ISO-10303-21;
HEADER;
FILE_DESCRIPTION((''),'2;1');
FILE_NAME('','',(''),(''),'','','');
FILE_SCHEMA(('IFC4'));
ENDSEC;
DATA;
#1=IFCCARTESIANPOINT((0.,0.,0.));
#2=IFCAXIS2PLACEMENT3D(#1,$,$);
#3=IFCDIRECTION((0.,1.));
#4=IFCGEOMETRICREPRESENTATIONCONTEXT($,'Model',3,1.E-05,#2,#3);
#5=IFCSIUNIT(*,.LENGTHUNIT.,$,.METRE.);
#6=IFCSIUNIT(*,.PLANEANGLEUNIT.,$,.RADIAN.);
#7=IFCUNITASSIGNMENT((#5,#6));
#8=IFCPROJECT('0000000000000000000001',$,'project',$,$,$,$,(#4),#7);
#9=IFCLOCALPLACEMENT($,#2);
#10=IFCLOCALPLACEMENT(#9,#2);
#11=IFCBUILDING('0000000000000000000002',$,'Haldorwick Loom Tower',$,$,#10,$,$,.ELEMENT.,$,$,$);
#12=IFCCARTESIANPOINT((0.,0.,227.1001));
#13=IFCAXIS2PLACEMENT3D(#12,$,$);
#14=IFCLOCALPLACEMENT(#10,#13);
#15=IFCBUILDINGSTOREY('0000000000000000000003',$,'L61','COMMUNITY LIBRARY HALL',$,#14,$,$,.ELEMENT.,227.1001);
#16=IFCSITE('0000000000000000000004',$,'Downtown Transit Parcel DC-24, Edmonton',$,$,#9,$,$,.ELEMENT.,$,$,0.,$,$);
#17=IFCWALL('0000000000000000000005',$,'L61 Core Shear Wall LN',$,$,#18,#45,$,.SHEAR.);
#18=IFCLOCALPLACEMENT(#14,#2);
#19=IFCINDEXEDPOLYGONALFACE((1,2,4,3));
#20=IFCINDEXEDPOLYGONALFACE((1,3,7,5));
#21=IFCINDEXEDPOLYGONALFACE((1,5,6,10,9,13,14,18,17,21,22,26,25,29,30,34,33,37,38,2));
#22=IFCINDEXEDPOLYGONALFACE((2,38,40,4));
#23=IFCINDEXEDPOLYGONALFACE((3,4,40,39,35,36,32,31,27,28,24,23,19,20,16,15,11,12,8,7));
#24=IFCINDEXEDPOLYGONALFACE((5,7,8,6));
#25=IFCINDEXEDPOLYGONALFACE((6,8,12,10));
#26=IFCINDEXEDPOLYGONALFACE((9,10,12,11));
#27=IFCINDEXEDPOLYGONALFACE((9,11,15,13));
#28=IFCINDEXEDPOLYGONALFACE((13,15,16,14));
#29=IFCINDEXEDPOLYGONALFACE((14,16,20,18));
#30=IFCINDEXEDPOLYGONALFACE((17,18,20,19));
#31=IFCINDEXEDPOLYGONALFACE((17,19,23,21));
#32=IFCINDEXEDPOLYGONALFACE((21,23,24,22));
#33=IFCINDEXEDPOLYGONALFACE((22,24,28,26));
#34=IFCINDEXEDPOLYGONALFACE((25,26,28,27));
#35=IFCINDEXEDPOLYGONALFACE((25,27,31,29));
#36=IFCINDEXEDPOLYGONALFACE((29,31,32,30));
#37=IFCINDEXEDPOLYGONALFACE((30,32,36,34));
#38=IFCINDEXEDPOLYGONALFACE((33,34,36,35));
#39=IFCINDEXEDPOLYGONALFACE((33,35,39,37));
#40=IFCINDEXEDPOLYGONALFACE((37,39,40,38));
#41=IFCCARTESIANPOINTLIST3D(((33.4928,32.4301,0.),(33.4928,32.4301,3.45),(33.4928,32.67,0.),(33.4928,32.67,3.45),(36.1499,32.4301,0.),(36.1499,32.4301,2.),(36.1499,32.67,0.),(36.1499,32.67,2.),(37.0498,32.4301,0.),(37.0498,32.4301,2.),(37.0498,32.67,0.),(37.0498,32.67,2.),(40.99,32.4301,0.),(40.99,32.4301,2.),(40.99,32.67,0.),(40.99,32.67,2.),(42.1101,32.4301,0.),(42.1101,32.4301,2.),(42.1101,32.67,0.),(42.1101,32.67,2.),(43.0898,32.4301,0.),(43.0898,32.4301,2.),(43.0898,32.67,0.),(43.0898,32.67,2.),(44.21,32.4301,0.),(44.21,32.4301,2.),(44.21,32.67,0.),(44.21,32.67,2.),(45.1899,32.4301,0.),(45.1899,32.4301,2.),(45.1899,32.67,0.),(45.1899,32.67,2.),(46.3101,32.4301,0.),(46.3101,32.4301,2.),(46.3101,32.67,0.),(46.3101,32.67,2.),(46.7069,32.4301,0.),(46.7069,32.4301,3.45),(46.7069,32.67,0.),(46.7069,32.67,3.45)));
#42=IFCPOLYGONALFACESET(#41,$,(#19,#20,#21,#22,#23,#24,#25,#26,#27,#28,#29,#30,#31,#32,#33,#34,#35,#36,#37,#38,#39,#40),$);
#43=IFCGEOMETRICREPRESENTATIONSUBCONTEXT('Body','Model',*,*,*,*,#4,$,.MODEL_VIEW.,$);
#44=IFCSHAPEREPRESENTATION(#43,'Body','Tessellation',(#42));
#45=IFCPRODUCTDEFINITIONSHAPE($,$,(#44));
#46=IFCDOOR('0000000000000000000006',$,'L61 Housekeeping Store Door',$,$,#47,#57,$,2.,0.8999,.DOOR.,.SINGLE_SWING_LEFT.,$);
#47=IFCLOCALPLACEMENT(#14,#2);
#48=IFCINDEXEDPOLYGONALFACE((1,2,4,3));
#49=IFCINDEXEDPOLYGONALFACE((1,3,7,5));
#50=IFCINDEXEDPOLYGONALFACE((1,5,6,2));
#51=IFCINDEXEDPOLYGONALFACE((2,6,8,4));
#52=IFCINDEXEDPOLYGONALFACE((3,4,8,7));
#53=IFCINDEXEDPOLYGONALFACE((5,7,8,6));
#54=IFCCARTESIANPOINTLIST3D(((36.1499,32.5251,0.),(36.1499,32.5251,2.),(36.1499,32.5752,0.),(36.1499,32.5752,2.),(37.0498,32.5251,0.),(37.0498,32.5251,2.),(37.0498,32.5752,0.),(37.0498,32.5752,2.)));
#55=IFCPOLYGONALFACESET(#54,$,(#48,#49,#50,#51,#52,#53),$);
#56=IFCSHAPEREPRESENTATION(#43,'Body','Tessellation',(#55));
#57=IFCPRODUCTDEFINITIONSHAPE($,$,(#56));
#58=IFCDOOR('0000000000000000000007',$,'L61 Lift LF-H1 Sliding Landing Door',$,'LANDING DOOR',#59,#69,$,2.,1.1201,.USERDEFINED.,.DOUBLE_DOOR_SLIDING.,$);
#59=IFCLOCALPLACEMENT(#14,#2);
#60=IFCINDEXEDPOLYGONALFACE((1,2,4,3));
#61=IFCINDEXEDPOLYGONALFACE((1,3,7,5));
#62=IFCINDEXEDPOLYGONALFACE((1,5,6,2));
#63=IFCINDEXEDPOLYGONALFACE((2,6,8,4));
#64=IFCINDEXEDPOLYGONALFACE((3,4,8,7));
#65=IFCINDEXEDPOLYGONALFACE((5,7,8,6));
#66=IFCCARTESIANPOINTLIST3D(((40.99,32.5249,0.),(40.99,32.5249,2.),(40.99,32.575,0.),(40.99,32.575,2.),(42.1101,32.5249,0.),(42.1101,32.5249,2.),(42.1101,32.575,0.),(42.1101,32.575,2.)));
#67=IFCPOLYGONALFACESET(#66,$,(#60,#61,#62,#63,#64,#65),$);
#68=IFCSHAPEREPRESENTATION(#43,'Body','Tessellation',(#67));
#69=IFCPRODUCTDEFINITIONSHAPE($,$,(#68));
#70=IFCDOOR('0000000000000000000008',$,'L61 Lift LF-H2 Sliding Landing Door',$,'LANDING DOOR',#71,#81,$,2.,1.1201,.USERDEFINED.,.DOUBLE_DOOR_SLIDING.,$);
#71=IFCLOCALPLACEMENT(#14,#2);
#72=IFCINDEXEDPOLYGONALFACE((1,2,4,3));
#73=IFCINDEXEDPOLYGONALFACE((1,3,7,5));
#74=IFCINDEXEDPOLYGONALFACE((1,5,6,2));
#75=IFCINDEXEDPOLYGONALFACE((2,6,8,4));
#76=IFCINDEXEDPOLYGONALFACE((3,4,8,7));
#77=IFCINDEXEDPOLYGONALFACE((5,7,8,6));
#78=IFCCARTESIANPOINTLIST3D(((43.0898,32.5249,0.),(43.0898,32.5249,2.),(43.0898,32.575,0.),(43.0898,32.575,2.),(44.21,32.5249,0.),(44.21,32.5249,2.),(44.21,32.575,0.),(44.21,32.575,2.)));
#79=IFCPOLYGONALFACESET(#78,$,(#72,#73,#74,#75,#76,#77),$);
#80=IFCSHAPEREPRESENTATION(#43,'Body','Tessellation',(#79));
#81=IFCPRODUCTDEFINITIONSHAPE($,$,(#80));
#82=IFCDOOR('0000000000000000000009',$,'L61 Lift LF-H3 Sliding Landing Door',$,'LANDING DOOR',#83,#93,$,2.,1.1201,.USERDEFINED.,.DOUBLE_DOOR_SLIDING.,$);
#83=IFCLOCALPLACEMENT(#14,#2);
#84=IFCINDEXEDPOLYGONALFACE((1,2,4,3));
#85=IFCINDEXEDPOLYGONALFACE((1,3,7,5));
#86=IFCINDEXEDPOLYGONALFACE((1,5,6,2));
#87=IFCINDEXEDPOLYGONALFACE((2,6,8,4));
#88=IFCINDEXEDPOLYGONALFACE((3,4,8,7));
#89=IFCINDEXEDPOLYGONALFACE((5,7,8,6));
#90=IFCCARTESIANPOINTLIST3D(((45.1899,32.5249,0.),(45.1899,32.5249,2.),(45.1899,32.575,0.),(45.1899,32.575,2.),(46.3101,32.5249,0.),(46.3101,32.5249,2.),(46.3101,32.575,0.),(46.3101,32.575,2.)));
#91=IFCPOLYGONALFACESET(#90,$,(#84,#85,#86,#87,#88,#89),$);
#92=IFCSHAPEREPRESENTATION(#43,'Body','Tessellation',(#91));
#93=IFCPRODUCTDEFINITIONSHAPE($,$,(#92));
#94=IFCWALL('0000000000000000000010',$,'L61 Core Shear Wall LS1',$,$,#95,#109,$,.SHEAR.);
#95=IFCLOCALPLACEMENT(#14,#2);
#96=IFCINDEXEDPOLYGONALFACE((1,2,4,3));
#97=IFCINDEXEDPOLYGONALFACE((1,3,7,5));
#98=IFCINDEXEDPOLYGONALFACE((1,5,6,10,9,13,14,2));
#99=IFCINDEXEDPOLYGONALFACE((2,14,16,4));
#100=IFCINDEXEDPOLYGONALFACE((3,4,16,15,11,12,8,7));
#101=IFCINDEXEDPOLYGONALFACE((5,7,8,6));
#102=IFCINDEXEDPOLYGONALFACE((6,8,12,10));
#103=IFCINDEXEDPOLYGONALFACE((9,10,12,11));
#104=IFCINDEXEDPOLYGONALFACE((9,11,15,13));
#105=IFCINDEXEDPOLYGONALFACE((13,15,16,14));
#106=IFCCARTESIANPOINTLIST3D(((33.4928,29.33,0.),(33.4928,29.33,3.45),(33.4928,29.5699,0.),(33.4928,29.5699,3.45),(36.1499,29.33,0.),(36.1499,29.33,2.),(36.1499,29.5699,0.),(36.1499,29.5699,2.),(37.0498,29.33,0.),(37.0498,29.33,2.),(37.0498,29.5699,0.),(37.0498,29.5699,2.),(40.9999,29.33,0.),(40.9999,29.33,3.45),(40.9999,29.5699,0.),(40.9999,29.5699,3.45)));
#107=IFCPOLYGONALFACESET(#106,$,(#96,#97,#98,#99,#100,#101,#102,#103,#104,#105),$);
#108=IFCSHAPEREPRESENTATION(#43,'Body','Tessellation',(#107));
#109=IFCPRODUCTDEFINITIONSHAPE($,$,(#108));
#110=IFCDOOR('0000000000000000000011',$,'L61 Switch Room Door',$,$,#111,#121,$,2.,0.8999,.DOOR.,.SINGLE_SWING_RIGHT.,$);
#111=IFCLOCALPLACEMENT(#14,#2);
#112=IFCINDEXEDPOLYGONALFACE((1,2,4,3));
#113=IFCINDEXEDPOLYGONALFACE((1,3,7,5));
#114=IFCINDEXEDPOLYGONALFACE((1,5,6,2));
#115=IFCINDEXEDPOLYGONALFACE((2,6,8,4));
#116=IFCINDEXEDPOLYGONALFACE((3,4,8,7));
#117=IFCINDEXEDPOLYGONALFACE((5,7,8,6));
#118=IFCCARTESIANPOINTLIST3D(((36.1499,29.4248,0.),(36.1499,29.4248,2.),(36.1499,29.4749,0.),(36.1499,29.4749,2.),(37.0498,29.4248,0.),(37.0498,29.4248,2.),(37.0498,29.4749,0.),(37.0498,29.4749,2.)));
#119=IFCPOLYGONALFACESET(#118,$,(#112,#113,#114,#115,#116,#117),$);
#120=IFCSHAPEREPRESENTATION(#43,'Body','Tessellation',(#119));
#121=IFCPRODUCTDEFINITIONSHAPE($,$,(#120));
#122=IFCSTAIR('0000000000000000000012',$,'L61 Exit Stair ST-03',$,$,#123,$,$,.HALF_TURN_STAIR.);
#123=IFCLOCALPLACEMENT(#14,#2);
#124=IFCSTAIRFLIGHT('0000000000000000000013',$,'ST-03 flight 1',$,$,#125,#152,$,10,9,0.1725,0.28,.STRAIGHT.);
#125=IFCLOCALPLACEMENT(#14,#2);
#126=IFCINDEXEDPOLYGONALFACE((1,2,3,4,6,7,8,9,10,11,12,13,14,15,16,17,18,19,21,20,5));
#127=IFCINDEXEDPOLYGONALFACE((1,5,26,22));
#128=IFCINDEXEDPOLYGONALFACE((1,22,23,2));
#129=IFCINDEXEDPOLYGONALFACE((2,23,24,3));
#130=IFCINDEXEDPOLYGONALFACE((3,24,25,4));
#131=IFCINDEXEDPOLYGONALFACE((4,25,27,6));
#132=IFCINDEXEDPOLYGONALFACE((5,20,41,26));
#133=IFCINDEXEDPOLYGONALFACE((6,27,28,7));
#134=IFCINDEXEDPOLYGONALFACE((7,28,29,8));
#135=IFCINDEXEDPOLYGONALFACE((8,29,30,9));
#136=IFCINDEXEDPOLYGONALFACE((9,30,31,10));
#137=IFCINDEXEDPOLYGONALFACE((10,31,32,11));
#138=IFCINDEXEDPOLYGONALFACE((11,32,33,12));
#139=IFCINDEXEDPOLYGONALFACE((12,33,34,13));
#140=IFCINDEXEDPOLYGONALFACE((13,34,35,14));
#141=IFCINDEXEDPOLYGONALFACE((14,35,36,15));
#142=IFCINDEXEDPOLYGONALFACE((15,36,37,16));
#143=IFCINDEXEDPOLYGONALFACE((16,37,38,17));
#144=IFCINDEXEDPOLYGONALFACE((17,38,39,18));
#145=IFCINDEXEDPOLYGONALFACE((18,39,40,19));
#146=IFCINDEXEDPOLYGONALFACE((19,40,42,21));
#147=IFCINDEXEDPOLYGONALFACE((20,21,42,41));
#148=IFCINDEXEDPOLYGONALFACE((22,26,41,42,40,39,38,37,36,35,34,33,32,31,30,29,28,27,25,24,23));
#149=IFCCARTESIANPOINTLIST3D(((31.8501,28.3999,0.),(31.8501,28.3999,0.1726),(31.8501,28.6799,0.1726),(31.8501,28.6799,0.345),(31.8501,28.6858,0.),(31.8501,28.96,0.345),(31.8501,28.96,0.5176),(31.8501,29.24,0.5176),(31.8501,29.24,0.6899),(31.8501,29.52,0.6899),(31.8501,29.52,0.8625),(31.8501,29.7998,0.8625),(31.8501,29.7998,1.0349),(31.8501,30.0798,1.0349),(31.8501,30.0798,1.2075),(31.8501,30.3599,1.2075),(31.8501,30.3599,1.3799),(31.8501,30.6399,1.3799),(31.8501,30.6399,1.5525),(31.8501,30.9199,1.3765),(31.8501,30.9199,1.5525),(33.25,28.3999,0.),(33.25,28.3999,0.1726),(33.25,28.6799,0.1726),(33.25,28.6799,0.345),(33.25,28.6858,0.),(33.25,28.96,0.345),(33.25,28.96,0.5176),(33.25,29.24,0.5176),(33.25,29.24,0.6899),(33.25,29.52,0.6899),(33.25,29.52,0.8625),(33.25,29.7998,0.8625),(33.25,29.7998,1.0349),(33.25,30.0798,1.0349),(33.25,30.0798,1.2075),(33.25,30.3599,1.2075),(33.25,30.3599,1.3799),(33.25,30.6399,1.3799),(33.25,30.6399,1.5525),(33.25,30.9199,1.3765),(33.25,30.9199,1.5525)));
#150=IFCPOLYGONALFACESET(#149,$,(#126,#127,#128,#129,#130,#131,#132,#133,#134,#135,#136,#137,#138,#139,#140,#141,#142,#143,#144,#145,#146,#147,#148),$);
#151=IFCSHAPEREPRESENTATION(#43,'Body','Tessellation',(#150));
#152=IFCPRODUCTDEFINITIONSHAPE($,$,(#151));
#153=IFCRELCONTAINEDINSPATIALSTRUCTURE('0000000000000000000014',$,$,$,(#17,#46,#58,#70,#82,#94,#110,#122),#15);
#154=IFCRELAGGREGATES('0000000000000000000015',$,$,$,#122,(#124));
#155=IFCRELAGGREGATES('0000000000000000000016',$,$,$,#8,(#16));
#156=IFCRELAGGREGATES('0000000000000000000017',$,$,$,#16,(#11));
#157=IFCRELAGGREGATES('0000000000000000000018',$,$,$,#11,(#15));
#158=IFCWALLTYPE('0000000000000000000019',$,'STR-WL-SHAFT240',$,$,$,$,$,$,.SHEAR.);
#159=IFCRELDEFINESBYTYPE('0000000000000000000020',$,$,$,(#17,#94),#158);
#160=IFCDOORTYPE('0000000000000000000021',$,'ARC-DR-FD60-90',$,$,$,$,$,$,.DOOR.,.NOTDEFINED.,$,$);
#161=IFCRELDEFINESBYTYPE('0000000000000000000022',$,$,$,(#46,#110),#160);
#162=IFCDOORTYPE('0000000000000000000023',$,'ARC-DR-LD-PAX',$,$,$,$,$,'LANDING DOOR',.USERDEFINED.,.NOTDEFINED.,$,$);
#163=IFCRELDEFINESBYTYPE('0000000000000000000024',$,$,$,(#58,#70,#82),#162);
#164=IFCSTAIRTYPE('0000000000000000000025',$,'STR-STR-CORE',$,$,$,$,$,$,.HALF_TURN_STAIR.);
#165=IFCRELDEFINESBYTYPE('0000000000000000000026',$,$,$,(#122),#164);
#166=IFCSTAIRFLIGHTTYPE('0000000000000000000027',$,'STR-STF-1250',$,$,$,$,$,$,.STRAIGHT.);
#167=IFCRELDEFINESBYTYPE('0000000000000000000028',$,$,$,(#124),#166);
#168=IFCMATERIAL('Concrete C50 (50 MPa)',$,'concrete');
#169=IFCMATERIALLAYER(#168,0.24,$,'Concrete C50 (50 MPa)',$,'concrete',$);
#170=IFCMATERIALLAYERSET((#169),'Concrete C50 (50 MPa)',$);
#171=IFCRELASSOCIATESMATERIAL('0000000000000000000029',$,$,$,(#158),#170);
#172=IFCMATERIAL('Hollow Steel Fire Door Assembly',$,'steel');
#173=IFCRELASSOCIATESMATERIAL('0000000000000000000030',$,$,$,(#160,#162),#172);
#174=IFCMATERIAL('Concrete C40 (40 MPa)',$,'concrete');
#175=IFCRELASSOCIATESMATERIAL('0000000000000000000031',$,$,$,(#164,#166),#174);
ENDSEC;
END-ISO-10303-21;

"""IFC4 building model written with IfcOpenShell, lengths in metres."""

from ifc_helpers import new_model, si_unit, direction, frame, frame_2d, origin, place, context, subcontext, project, spatial, polyline, rectangle, outline, extrude, material, layer, layer_set, type_object, element, fill, aggregate, save


model = new_model("IFC4")

# Units and contexts
model_context = context("Model", 3, precision=1e-05, world=origin(), true_north=direction((0.0, 1.0)))
body_context = subcontext(model_context, "Body", "Model", "MODEL_VIEW")
ifc_project = project(units=[si_unit("LENGTHUNIT", "METRE"), si_unit("PLANEANGLEUNIT", "RADIAN")], contexts=[model_context])

# Site, building, storey
site_placement = place(None, origin())
site = spatial("IfcSite", under=ifc_project, at=site_placement, Name="Downtown Transit Parcel DC-24, Edmonton", CompositionType="ELEMENT", RefElevation=0.0)
building_placement = place(site_placement, origin())
building = spatial("IfcBuilding", under=site, at=building_placement, Name="Haldorwick Loom Tower", CompositionType="ELEMENT")
storey_placement = place(building_placement, frame((0.0, 0.0, 227.1001)))
storey = spatial("IfcBuildingStorey", under=building, at=storey_placement, Name="L61", Description="COMMUNITY LIBRARY HALL", CompositionType="ELEMENT", Elevation=227.1001)

# Shared definitions
ifc_material_1 = material(Name="Concrete C50 (50 MPa)", Category="concrete")
ifc_layer = layer(ifc_material_1, 0.24, Name="Concrete C50 (50 MPa)", Category="concrete")
ifc_layer_set = layer_set([ifc_layer], Name="Concrete C50 (50 MPa)")
wall_type = type_object("IfcWallType", Name="STR-WL-SHAFT240", PredefinedType="SHEAR", material=ifc_layer_set)

# Shared definitions
ifc_material_2 = material(Name="Hollow Steel Fire Door Assembly", Category="steel")

# Wall, openings, doors
wall_1_placement = place(storey_placement, frame((33.4929, 32.55, 0.0), z_axis=(0.0, 0.0, 1.0), x_axis=(1.0, 0.0, 0.0)))
wall_1 = element("IfcWall", 1, at=wall_1_placement, inside=storey, type_object=wall_type, Name="L61 Core Shear Wall LN", PredefinedType="SHEAR", context=body_context, shape_type="SweptSolid", body=[
    extrude(rectangle(XDim=13.2141, YDim=0.24, at=frame_2d((6.6069, 0.0))), origin(), (0.0, 0.0, 1.0), 3.45),
])
opening_1_placement = place(wall_1_placement, frame((2.657, 0.0, 0.0)))
opening_1 = element("IfcOpeningElement", 2, at=opening_1_placement, cuts=wall_1, PredefinedType="OPENING", context=body_context, shape_type="SweptSolid", body=[
    extrude(rectangle(XDim=0.8999, YDim=2.0, at=frame_2d((0.45, 1.0))), frame((0.0, 0.1299, 0.0), z_axis=(0.0, -1.0, 0.0), x_axis=(1.0, 0.0, 0.0)), (0.0, 0.0, 1.0), 0.26),
])
opening_2_placement = place(wall_1_placement, frame((7.4971, 0.0, 0.0)))
opening_2 = element("IfcOpeningElement", 3, at=opening_2_placement, cuts=wall_1, PredefinedType="OPENING", context=body_context, shape_type="SweptSolid", body=[
    extrude(rectangle(XDim=1.1201, YDim=2.0, at=frame_2d((0.5601, 1.0))), frame((0.0, 0.1299, 0.0), z_axis=(0.0, -1.0, 0.0), x_axis=(1.0, 0.0, 0.0)), (0.0, 0.0, 1.0), 0.26),
])
opening_3_placement = place(wall_1_placement, frame((9.5969, 0.0, 0.0)))
opening_3 = element("IfcOpeningElement", 4, at=opening_3_placement, cuts=wall_1, PredefinedType="OPENING", context=body_context, shape_type="SweptSolid", body=[
    extrude(rectangle(XDim=1.1201, YDim=2.0, at=frame_2d((0.5601, 1.0))), frame((0.0, 0.1299, 0.0), z_axis=(0.0, -1.0, 0.0), x_axis=(1.0, 0.0, 0.0)), (0.0, 0.0, 1.0), 0.26),
])
opening_4_placement = place(wall_1_placement, frame((11.697, 0.0, 0.0)))
opening_4 = element("IfcOpeningElement", 5, at=opening_4_placement, cuts=wall_1, PredefinedType="OPENING", context=body_context, shape_type="SweptSolid", body=[
    extrude(rectangle(XDim=1.1201, YDim=2.0, at=frame_2d((0.5601, 1.0))), frame((0.0, 0.1299, 0.0), z_axis=(0.0, -1.0, 0.0), x_axis=(1.0, 0.0, 0.0)), (0.0, 0.0, 1.0), 0.26),
])
door_type_1 = type_object("IfcDoorType", Name="ARC-DR-FD60-90", OperationType="NOTDEFINED", PredefinedType="DOOR", material=ifc_material_2)
door_1_placement = place(opening_1_placement, frame((0.8999, 0.0, 0.0), z_axis=(0.0, 0.0, 1.0), x_axis=(-1.0, 0.0, 0.0)))
door_1 = element("IfcDoor", 6, at=door_1_placement, inside=storey, type_object=door_type_1, Name="L61 Housekeeping Store Door", OperationType="SINGLE_SWING_LEFT", OverallHeight=2.0, OverallWidth=0.8999, PredefinedType="DOOR", context=body_context, shape_type="SweptSolid", body=[
    extrude(rectangle(XDim=0.8999, YDim=2.0, at=frame_2d((0.45, 1.0))), frame((0.0, 0.0249, 0.0), z_axis=(0.0, -1.0, 0.0), x_axis=(1.0, 0.0, 0.0)), (0.0, 0.0, 1.0), 0.05),
])
fill(opening_1, door_1)
door_type_2 = type_object("IfcDoorType", Name="ARC-DR-LD-PAX", ElementType="LANDING DOOR", OperationType="NOTDEFINED", PredefinedType="USERDEFINED", material=ifc_material_2)
door_2_placement = place(opening_2_placement, origin())
door_2 = element("IfcDoor", 7, at=door_2_placement, inside=storey, type_object=door_type_2, Name="L61 Lift LF-H1 Sliding Landing Door", ObjectType="LANDING DOOR", OperationType="DOUBLE_DOOR_SLIDING", OverallHeight=2.0, OverallWidth=1.1201, PredefinedType="USERDEFINED", context=body_context, shape_type="SweptSolid", body=[
    extrude(rectangle(XDim=1.1201, YDim=2.0, at=frame_2d((0.5601, 1.0))), frame((0.0, 0.0249, 0.0), z_axis=(0.0, -1.0, 0.0), x_axis=(1.0, 0.0, 0.0)), (0.0, 0.0, 1.0), 0.05),
])
fill(opening_2, door_2)
door_3_placement = place(opening_3_placement, origin())
door_3 = element("IfcDoor", 8, at=door_3_placement, inside=storey, type_object=door_type_2, Name="L61 Lift LF-H2 Sliding Landing Door", ObjectType="LANDING DOOR", OperationType="DOUBLE_DOOR_SLIDING", OverallHeight=2.0, OverallWidth=1.1201, PredefinedType="USERDEFINED", context=body_context, shape_type="SweptSolid", body=[
    extrude(rectangle(XDim=1.1201, YDim=2.0, at=frame_2d((0.5601, 1.0))), frame((0.0, 0.0249, 0.0), z_axis=(0.0, -1.0, 0.0), x_axis=(1.0, 0.0, 0.0)), (0.0, 0.0, 1.0), 0.05),
])
fill(opening_3, door_3)
door_4_placement = place(opening_4_placement, origin())
door_4 = element("IfcDoor", 9, at=door_4_placement, inside=storey, type_object=door_type_2, Name="L61 Lift LF-H3 Sliding Landing Door", ObjectType="LANDING DOOR", OperationType="DOUBLE_DOOR_SLIDING", OverallHeight=2.0, OverallWidth=1.1201, PredefinedType="USERDEFINED", context=body_context, shape_type="SweptSolid", body=[
    extrude(rectangle(XDim=1.1201, YDim=2.0, at=frame_2d((0.5601, 1.0))), frame((0.0, 0.0249, 0.0), z_axis=(0.0, -1.0, 0.0), x_axis=(1.0, 0.0, 0.0)), (0.0, 0.0, 1.0), 0.05),
])
fill(opening_4, door_4)

# Wall, opening, door
wall_2_placement = place(storey_placement, frame((33.4929, 29.45, 0.0), z_axis=(0.0, 0.0, 1.0), x_axis=(1.0, 0.0, 0.0)))
wall_2 = element("IfcWall", 10, at=wall_2_placement, inside=storey, type_object=wall_type, Name="L61 Core Shear Wall LS1", PredefinedType="SHEAR", context=body_context, shape_type="SweptSolid", body=[
    extrude(rectangle(XDim=7.5071, YDim=0.24, at=frame_2d((3.7534, 0.0))), origin(), (0.0, 0.0, 1.0), 3.45),
])
opening_5_placement = place(wall_2_placement, frame((2.657, 0.0, 0.0)))
opening_5 = element("IfcOpeningElement", 11, at=opening_5_placement, cuts=wall_2, PredefinedType="OPENING", context=body_context, shape_type="SweptSolid", body=[
    extrude(rectangle(XDim=0.8999, YDim=2.0, at=frame_2d((0.45, 1.0))), frame((0.0, 0.1299, 0.0), z_axis=(0.0, -1.0, 0.0), x_axis=(1.0, 0.0, 0.0)), (0.0, 0.0, 1.0), 0.26),
])
door_5_placement = place(opening_5_placement, origin())
door_5 = element("IfcDoor", 12, at=door_5_placement, inside=storey, type_object=door_type_1, Name="L61 Switch Room Door", OperationType="SINGLE_SWING_RIGHT", OverallHeight=2.0, OverallWidth=0.8999, PredefinedType="DOOR", context=body_context, shape_type="SweptSolid", body=[
    extrude(rectangle(XDim=0.8999, YDim=2.0, at=frame_2d((0.45, 1.0))), frame((0.0, 0.0249, 0.0), z_axis=(0.0, -1.0, 0.0), x_axis=(1.0, 0.0, 0.0)), (0.0, 0.0, 1.0), 0.05),
])
fill(opening_5, door_5)

# Stair, stair flight
ifc_material_3 = material(Name="Concrete C40 (40 MPa)", Category="concrete")
stair_type = type_object("IfcStairType", Name="STR-STR-CORE", PredefinedType="HALF_TURN_STAIR", material=ifc_material_3)
stair_placement = place(storey_placement, origin())
stair = element("IfcStair", 13, at=stair_placement, inside=storey, type_object=stair_type, Name="L61 Exit Stair ST-03", PredefinedType="HALF_TURN_STAIR")
stair_flight_type = type_object("IfcStairFlightType", Name="STR-STF-1250", PredefinedType="STRAIGHT", material=ifc_material_3)
stair_flight_1_placement = place(storey_placement, frame((32.55, 28.3999, 0.0), z_axis=(0.0, 0.0, 1.0), x_axis=(0.0, 1.0, 0.0)))
stair_flight_1 = element("IfcStairFlight", 14, at=stair_flight_1_placement, type_object=stair_flight_type, Name="ST-03 flight 1", NumberOfRisers=10, NumberOfTreads=9, PredefinedType="STRAIGHT", RiserHeight=0.1725, TreadLength=0.28, context=body_context, shape_type="SweptSolid", body=[
    extrude(outline(polyline([(0.0, 0.0), (0.0, 0.1726), (0.28, 0.1726), (0.28, 0.345), (0.5601, 0.345), (0.5601, 0.5176), (0.8401, 0.5176), (0.8401, 0.6899), (1.1201, 0.6899), (1.1201, 0.8625), (1.3999, 0.8625), (1.3999, 1.0349), (1.6799, 1.0349), (1.6799, 1.2075), (1.96, 1.2075), (1.96, 1.3799), (2.24, 1.3799), (2.24, 1.5525), (2.52, 1.5525), (2.52, 1.7251), (2.52, 1.3765), (0.2859, 0.0), (0.0, 0.0)])), frame((0.0, 0.7, 0.0), z_axis=(0.0, -1.0, 0.0), x_axis=(1.0, 0.0, 0.0)), (0.0, 0.0, 1.0), 1.3999),
])
aggregate(stair, [stair_flight_1])

save(model, "model.ifc")
